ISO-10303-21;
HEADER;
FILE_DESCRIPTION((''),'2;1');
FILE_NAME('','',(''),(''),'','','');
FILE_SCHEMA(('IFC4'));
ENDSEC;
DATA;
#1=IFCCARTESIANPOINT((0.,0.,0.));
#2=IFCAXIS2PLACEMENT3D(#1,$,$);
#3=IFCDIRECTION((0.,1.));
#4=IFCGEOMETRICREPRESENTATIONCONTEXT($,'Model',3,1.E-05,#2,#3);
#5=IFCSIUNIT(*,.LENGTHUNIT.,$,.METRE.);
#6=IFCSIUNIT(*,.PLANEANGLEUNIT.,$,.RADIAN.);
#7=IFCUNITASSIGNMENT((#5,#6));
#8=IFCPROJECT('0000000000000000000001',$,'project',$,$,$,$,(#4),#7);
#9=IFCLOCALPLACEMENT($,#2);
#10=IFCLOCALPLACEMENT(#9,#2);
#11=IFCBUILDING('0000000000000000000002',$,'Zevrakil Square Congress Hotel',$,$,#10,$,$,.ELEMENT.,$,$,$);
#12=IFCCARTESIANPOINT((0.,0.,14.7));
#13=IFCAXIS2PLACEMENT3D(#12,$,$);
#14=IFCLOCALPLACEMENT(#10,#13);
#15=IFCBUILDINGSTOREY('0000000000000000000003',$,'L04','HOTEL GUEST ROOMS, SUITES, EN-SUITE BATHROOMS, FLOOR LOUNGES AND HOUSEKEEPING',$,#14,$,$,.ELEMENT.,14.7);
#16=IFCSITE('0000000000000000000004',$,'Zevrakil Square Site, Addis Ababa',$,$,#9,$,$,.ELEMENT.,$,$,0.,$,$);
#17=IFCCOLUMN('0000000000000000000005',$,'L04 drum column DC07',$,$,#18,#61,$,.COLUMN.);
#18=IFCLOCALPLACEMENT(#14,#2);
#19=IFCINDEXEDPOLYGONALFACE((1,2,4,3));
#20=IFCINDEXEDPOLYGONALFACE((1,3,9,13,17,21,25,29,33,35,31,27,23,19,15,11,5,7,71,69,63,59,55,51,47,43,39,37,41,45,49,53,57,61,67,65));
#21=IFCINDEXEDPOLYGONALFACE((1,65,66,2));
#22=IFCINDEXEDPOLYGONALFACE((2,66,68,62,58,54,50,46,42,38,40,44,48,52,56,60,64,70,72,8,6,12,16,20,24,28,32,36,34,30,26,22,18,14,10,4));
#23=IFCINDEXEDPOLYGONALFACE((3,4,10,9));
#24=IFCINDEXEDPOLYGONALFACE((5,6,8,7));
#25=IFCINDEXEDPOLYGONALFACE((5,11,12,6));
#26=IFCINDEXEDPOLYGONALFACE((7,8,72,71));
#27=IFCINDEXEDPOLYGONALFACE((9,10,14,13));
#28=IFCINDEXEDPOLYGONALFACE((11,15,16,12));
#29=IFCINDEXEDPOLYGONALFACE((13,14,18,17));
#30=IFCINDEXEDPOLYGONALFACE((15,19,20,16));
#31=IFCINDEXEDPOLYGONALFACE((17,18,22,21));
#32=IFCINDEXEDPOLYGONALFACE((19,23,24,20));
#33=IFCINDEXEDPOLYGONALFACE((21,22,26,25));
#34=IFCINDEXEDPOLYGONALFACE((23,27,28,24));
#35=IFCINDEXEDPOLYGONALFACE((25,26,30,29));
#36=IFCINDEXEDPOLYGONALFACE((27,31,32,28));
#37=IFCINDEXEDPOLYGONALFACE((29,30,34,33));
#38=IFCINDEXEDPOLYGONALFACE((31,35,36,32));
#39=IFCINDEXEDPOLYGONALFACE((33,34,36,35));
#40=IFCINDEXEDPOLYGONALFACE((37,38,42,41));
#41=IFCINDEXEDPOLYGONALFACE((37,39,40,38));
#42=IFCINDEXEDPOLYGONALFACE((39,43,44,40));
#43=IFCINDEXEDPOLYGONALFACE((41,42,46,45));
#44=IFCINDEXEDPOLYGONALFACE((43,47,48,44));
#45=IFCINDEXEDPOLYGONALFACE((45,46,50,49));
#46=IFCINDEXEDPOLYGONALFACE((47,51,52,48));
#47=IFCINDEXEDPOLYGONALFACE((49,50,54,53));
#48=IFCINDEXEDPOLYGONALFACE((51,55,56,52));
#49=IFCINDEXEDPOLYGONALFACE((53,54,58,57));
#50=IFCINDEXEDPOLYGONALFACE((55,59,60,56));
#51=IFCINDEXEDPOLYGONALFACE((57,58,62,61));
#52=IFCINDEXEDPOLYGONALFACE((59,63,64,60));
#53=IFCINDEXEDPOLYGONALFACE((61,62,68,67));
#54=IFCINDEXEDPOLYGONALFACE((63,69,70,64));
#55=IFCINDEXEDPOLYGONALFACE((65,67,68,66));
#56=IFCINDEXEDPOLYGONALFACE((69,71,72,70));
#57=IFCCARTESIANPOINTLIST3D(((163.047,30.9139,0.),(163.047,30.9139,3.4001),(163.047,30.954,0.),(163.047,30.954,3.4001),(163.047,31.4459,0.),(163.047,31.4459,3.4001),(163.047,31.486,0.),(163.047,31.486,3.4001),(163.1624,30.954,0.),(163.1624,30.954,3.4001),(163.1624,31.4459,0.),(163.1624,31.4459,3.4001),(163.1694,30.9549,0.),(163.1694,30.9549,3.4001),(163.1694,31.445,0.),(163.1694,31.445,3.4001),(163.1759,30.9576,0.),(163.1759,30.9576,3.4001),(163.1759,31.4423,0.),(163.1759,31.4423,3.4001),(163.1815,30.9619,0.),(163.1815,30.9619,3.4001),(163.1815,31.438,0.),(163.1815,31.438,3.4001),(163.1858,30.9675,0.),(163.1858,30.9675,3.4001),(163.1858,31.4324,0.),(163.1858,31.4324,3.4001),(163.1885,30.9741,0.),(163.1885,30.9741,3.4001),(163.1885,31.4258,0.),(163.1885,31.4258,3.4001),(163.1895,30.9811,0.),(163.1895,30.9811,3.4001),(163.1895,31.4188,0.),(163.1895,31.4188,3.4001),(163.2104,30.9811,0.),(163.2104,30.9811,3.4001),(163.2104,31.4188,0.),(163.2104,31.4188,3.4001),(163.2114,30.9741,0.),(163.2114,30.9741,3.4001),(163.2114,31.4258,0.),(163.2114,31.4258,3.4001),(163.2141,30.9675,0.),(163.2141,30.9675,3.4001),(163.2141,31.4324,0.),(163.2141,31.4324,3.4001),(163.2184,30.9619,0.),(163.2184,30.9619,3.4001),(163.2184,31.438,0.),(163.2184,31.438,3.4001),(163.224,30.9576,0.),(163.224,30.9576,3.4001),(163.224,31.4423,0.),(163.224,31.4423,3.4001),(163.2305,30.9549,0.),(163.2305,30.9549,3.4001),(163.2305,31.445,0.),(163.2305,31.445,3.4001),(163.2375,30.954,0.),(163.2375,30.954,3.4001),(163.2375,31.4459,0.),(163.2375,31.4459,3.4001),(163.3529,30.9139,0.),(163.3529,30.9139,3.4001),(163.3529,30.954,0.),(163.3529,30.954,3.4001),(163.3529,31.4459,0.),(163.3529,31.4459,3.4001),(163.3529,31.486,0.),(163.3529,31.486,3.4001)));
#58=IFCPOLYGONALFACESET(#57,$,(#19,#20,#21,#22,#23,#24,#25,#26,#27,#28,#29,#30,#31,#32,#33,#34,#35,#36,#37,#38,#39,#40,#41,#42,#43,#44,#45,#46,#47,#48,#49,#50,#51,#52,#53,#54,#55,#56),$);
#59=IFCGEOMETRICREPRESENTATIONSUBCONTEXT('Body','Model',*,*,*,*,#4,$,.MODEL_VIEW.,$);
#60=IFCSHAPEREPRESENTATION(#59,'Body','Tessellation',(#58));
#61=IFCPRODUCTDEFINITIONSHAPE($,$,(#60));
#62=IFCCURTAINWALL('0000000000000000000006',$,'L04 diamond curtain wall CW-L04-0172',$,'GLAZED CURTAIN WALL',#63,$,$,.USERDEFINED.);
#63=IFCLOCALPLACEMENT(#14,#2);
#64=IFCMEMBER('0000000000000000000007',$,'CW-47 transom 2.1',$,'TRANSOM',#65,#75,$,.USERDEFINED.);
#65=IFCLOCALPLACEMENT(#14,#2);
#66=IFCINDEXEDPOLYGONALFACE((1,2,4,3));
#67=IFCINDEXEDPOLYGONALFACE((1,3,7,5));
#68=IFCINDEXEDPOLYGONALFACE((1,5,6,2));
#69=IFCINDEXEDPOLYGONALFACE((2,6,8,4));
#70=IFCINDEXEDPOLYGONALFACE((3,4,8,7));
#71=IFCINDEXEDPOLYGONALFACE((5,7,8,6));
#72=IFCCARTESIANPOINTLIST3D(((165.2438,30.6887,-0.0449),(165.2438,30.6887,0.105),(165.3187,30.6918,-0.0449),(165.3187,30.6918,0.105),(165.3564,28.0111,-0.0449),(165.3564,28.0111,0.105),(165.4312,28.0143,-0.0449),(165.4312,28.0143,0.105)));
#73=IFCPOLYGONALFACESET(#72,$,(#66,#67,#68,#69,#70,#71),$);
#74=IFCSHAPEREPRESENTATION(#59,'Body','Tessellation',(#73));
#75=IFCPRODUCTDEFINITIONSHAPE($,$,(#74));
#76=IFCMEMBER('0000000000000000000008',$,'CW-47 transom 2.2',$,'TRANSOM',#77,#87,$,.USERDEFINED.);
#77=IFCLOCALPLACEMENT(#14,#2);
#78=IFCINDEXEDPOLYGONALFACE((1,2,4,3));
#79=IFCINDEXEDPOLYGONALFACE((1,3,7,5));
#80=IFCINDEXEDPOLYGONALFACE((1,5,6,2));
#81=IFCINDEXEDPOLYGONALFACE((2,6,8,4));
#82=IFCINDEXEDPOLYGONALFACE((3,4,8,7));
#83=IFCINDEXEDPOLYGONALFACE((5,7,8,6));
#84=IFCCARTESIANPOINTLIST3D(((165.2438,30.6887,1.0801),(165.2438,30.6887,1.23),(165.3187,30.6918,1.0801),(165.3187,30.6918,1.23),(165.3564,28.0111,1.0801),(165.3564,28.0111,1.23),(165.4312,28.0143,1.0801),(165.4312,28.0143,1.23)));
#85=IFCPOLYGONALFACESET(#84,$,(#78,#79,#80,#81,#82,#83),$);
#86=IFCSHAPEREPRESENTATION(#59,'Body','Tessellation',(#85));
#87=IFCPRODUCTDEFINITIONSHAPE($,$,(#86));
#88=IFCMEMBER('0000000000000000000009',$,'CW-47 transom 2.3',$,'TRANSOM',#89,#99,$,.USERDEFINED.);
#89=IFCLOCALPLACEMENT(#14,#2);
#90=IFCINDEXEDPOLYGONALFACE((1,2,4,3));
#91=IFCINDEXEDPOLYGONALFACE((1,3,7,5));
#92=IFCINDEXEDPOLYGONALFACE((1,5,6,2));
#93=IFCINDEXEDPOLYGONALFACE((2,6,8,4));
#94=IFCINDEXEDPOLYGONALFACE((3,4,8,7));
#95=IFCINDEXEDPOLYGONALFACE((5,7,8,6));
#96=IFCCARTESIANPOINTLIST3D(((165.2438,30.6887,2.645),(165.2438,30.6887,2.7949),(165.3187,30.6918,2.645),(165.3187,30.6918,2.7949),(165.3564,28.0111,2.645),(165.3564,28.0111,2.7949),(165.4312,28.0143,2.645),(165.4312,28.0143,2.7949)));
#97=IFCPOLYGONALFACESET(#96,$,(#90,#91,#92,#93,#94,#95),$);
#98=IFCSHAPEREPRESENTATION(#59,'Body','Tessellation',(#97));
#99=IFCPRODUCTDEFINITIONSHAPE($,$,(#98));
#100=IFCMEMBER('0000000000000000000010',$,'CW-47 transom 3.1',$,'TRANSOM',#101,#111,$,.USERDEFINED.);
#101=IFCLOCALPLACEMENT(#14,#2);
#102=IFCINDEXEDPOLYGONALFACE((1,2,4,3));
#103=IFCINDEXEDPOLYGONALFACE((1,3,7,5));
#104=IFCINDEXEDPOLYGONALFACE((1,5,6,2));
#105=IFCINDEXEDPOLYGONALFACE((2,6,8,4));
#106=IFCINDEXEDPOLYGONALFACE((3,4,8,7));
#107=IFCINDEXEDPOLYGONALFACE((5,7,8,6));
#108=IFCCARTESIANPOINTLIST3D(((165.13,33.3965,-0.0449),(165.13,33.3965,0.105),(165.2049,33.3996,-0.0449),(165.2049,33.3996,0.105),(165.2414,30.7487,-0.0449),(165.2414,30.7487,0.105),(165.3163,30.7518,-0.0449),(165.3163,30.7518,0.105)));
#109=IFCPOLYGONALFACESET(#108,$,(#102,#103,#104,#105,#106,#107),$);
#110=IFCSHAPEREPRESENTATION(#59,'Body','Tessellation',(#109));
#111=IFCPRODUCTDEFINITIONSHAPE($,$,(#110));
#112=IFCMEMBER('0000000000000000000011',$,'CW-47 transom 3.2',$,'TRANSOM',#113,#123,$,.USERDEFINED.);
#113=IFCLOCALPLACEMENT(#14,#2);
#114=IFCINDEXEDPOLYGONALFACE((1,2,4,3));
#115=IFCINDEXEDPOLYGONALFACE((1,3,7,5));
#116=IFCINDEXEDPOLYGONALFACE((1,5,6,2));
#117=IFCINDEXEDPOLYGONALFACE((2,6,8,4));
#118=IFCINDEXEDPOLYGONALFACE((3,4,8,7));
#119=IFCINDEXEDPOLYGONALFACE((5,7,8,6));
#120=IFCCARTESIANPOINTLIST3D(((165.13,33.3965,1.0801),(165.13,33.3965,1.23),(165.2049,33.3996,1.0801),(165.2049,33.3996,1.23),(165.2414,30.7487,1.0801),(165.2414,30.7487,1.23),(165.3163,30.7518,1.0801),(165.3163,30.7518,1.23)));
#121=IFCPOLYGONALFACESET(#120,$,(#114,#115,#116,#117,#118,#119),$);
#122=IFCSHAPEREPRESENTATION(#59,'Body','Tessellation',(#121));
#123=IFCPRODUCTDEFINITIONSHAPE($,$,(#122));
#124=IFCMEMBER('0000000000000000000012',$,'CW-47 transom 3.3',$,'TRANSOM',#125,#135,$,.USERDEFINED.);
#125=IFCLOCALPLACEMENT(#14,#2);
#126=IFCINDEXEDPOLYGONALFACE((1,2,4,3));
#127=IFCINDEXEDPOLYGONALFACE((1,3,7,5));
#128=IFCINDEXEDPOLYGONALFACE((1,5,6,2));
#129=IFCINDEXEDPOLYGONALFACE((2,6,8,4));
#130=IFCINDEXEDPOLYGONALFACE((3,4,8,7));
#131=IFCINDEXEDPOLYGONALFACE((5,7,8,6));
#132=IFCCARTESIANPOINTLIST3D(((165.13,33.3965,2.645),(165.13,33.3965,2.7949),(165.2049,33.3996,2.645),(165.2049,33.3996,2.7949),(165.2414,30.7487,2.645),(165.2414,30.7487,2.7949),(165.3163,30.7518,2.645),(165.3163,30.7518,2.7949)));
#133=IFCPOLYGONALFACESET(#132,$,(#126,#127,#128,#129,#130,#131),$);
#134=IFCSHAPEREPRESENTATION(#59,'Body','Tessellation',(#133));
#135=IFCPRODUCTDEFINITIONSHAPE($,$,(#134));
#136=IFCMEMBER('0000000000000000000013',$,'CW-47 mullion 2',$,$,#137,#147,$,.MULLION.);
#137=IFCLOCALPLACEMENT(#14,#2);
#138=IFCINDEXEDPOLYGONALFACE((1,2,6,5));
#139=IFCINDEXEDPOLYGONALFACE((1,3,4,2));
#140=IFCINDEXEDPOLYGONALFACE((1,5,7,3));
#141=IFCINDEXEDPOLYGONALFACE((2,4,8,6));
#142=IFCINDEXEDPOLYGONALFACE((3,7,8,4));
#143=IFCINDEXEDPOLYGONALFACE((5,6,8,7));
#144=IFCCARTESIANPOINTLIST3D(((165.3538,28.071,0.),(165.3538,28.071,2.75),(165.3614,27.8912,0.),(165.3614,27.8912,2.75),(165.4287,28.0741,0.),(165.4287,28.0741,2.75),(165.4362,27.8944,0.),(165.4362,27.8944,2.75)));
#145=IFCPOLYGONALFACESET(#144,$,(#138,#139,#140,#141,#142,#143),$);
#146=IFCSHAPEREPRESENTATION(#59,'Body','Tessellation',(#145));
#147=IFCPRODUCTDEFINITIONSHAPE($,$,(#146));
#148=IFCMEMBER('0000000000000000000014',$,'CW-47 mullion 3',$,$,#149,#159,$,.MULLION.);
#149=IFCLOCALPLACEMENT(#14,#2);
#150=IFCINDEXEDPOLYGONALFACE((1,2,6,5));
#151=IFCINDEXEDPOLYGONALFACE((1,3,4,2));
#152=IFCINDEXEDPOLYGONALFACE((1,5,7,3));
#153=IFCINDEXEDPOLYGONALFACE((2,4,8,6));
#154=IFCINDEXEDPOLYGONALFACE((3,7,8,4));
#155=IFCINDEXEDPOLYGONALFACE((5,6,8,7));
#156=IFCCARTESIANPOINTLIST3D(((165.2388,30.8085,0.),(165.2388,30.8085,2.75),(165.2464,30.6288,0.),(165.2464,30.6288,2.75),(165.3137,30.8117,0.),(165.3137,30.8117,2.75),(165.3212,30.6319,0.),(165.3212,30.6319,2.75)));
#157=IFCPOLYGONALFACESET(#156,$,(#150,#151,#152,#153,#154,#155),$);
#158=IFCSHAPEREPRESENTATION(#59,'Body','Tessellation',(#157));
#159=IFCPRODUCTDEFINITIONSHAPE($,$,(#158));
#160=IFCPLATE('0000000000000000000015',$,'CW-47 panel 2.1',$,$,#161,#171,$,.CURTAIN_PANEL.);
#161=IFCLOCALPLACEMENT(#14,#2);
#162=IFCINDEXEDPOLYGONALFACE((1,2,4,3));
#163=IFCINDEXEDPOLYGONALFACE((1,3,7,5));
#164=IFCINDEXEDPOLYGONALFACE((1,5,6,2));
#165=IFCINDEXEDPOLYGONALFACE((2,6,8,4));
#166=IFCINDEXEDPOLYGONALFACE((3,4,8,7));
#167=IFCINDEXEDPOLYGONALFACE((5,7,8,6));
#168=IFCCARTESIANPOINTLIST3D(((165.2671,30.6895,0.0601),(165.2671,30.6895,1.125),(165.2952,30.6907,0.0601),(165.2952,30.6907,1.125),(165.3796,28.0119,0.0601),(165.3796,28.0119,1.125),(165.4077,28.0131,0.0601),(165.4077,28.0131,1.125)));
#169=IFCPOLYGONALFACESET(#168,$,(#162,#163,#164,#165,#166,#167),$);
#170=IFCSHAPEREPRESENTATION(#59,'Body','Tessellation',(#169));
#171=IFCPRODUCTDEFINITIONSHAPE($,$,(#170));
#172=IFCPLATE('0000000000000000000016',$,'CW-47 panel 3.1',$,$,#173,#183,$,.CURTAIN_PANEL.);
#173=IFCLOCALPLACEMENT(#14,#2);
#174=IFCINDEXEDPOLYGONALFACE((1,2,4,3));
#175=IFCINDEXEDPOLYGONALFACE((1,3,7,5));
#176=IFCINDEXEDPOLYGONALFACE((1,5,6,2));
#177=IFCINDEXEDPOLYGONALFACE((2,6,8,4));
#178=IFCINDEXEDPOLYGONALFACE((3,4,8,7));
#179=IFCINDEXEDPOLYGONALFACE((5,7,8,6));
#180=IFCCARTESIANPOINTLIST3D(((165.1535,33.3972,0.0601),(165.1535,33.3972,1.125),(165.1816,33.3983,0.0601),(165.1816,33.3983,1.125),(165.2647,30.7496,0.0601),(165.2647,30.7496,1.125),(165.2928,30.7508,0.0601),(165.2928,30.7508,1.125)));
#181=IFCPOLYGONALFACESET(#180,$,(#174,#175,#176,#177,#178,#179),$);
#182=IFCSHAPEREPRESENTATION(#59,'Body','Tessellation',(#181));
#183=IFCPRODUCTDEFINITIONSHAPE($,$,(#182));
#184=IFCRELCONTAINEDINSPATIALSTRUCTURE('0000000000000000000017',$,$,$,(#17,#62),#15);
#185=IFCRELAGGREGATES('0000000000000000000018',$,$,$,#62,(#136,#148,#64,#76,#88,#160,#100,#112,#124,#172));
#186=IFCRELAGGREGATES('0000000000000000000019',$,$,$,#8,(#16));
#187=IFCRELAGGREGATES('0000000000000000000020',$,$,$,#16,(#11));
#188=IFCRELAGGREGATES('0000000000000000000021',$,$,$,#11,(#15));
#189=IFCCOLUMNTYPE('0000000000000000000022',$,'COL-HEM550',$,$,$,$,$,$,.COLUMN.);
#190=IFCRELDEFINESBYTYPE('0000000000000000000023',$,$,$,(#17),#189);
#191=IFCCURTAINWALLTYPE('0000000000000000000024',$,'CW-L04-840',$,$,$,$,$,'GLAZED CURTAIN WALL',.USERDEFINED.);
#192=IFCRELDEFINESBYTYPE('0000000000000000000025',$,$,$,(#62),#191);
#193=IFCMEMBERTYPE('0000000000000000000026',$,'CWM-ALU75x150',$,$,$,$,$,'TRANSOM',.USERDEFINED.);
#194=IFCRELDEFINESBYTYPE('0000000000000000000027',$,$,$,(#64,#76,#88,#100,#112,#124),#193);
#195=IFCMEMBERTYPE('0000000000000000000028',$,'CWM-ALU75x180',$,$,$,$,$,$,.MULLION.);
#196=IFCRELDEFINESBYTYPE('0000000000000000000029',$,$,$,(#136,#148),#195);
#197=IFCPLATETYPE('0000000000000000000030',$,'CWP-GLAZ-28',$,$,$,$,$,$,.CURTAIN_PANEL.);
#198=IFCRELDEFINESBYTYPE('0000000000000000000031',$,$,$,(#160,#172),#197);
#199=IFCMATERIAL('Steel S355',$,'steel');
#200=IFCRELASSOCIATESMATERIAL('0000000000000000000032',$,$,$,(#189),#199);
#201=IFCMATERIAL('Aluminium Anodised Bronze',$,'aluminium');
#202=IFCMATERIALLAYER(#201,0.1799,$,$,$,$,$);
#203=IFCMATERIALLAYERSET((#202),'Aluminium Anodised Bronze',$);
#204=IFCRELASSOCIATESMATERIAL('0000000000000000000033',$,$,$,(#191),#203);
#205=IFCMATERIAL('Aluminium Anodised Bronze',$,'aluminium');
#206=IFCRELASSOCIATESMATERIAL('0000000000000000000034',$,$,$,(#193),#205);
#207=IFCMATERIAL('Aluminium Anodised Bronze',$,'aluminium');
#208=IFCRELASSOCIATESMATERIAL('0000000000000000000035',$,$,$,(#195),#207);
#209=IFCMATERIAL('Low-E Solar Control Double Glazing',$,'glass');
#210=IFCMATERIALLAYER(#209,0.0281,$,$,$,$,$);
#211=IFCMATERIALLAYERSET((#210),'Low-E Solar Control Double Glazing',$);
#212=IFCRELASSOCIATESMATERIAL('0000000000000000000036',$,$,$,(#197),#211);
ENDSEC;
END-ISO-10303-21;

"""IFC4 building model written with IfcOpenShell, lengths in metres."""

from ifc_helpers import new_model, si_unit, direction, frame, origin, origin_2d, place, context, subcontext, project, spatial, rectangle, i_section, extrude, material, layer, layer_set, material_profile, profile_set, type_object, element, aggregate, save


model = new_model("IFC4")

# Units and contexts
model_context = context("Model", 3, precision=1e-05, world=origin(), true_north=direction((0.0, 1.0)))
body_context = subcontext(model_context, "Body", "Model", "MODEL_VIEW")
ifc_project = project(units=[si_unit("LENGTHUNIT", "METRE"), si_unit("PLANEANGLEUNIT", "RADIAN")], contexts=[model_context])

# Site, building, storey
site_placement = place(None, origin())
site = spatial("IfcSite", under=ifc_project, at=site_placement, Name="Zevrakil Square Site, Addis Ababa", CompositionType="ELEMENT", RefElevation=0.0)
building_placement = place(site_placement, origin())
building = spatial("IfcBuilding", under=site, at=building_placement, Name="Zevrakil Square Congress Hotel", CompositionType="ELEMENT")
storey_placement = place(building_placement, frame((0.0, 0.0, 14.7)))
storey = spatial("IfcBuildingStorey", under=building, at=storey_placement, Name="L04", Description="HOTEL GUEST ROOMS, SUITES, EN-SUITE BATHROOMS, FLOOR LOUNGES AND HOUSEKEEPING", CompositionType="ELEMENT", Elevation=14.7)

# Column
ifc_material_1 = material(Name="Steel S355", Category="steel")
ifc_material_profile_1 = material_profile(ifc_material_1, i_section(OverallWidth=0.3059, OverallDepth=0.572, WebThickness=0.021, FlangeThickness=0.04, FilletRadius=0.0271, at=origin_2d()), Name="HEM 550")
ifc_profile_set_1 = profile_set([ifc_material_profile_1], Name="Steel S355")
column_type = type_object("IfcColumnType", Name="COL-HEM550", PredefinedType="COLUMN", material=ifc_profile_set_1)
column_placement = place(storey_placement, frame((163.2, 31.2, 0.0), z_axis=(0.0, 0.0, 1.0), x_axis=(1.0, 0.0, 0.0)))
element("IfcColumn", 1, at=column_placement, inside=storey, type_object=column_type, Name="L04 drum column DC07", PredefinedType="COLUMN", context=body_context, shape_type="SweptSolid", body=[
    extrude(i_section(OverallWidth=0.3059, OverallDepth=0.572, WebThickness=0.021, FlangeThickness=0.04, FilletRadius=0.0271, at=origin_2d()), origin(), (0.0, 0.0, 1.0), 3.4001),
])

# Curtain wall, members, plates
ifc_material_2 = material(Name="Aluminium Anodised Bronze", Category="aluminium")
ifc_layer_1 = layer(ifc_material_2, 0.1799)
ifc_layer_set_1 = layer_set([ifc_layer_1], Name="Aluminium Anodised Bronze")
curtain_wall_type = type_object("IfcCurtainWallType", Name="CW-L04-840", ElementType="GLAZED CURTAIN WALL", PredefinedType="USERDEFINED", material=ifc_layer_set_1)
curtain_wall_placement = place(storey_placement, origin())
curtain_wall = element("IfcCurtainWall", 2, at=curtain_wall_placement, inside=storey, type_object=curtain_wall_type, Name="L04 diamond curtain wall CW-L04-0172", ObjectType="GLAZED CURTAIN WALL", PredefinedType="USERDEFINED")
ifc_material_3 = material(Name="Aluminium Anodised Bronze", Category="aluminium")
ifc_material_profile_2 = material_profile(ifc_material_3, rectangle(XDim=0.075, YDim=0.1499, at=origin_2d()), Name="ALU 75x150")
ifc_profile_set_2 = profile_set([ifc_material_profile_2], Name="Aluminium Anodised Bronze")
member_type_1 = type_object("IfcMemberType", Name="CWM-ALU75x150", ElementType="TRANSOM", PredefinedType="USERDEFINED", material=ifc_profile_set_2)
member_1_placement = place(storey_placement, frame((165.3938, 28.0127, 0.03), z_axis=(-0.041998, 0.999118, 0.0), x_axis=(-0.999118, -0.041998, 0.0)))
member_1 = element("IfcMember", 3, at=member_1_placement, type_object=member_type_1, Name="CW-47 transom 2.1", ObjectType="TRANSOM", PredefinedType="USERDEFINED", context=body_context, shape_type="SweptSolid", body=[
    extrude(rectangle(XDim=0.075, YDim=0.1499, at=origin_2d()), origin(), (0.0, 0.0, 1.0), 2.6799),
])
member_2_placement = place(storey_placement, frame((165.3938, 28.0127, 1.155), z_axis=(-0.041998, 0.999118, 0.0), x_axis=(-0.999118, -0.041998, 0.0)))
member_2 = element("IfcMember", 4, at=member_2_placement, type_object=member_type_1, Name="CW-47 transom 2.2", ObjectType="TRANSOM", PredefinedType="USERDEFINED", context=body_context, shape_type="SweptSolid", body=[
    extrude(rectangle(XDim=0.075, YDim=0.1499, at=origin_2d()), origin(), (0.0, 0.0, 1.0), 2.6799),
])
member_3_placement = place(storey_placement, frame((165.3938, 28.0127, 2.72), z_axis=(-0.041998, 0.999118, 0.0), x_axis=(-0.999118, -0.041998, 0.0)))
member_3 = element("IfcMember", 5, at=member_3_placement, type_object=member_type_1, Name="CW-47 transom 2.3", ObjectType="TRANSOM", PredefinedType="USERDEFINED", context=body_context, shape_type="SweptSolid", body=[
    extrude(rectangle(XDim=0.075, YDim=0.1499, at=origin_2d()), origin(), (0.0, 0.0, 1.0), 2.6799),
])
member_4_placement = place(storey_placement, frame((165.2788, 30.7502, 0.03), z_axis=(-0.04201, 0.999117, 0.0), x_axis=(-0.999117, -0.04201, 0.0)))
member_4 = element("IfcMember", 6, at=member_4_placement, type_object=member_type_1, Name="CW-47 transom 3.1", ObjectType="TRANSOM", PredefinedType="USERDEFINED", context=body_context, shape_type="SweptSolid", body=[
    extrude(rectangle(XDim=0.075, YDim=0.1499, at=origin_2d()), origin(), (0.0, 0.0, 1.0), 2.6501),
])
member_5_placement = place(storey_placement, frame((165.2788, 30.7502, 1.155), z_axis=(-0.04201, 0.999117, 0.0), x_axis=(-0.999117, -0.04201, 0.0)))
member_5 = element("IfcMember", 7, at=member_5_placement, type_object=member_type_1, Name="CW-47 transom 3.2", ObjectType="TRANSOM", PredefinedType="USERDEFINED", context=body_context, shape_type="SweptSolid", body=[
    extrude(rectangle(XDim=0.075, YDim=0.1499, at=origin_2d()), origin(), (0.0, 0.0, 1.0), 2.6501),
])
member_6_placement = place(storey_placement, frame((165.2788, 30.7502, 2.72), z_axis=(-0.04201, 0.999117, 0.0), x_axis=(-0.999117, -0.04201, 0.0)))
member_6 = element("IfcMember", 8, at=member_6_placement, type_object=member_type_1, Name="CW-47 transom 3.3", ObjectType="TRANSOM", PredefinedType="USERDEFINED", context=body_context, shape_type="SweptSolid", body=[
    extrude(rectangle(XDim=0.075, YDim=0.1499, at=origin_2d()), origin(), (0.0, 0.0, 1.0), 2.6501),
])
ifc_material_4 = material(Name="Aluminium Anodised Bronze", Category="aluminium")
ifc_material_profile_3 = material_profile(ifc_material_4, rectangle(XDim=0.075, YDim=0.1799, at=origin_2d()), Name="ALU 75x180")
ifc_profile_set_3 = profile_set([ifc_material_profile_3], Name="Aluminium Anodised Bronze")
member_type_2 = type_object("IfcMemberType", Name="CWM-ALU75x180", PredefinedType="MULLION", material=ifc_profile_set_3)
member_7_placement = place(storey_placement, frame((165.395, 27.9827, 0.0), z_axis=(0.0, 0.0, 1.0), x_axis=(-0.999119, -0.041971, 0.0)))
member_7 = element("IfcMember", 9, at=member_7_placement, type_object=member_type_2, Name="CW-47 mullion 2", PredefinedType="MULLION", context=body_context, shape_type="SweptSolid", body=[
    extrude(rectangle(XDim=0.075, YDim=0.1799, at=origin_2d()), origin(), (0.0, 0.0, 1.0), 2.75),
])
member_8_placement = place(storey_placement, frame((165.28, 30.7202, 0.0), z_axis=(0.0, 0.0, 1.0), x_axis=(-0.999119, -0.041971, 0.0)))
member_8 = element("IfcMember", 10, at=member_8_placement, type_object=member_type_2, Name="CW-47 mullion 3", PredefinedType="MULLION", context=body_context, shape_type="SweptSolid", body=[
    extrude(rectangle(XDim=0.075, YDim=0.1799, at=origin_2d()), origin(), (0.0, 0.0, 1.0), 2.75),
])
ifc_material_5 = material(Name="Low-E Solar Control Double Glazing", Category="glass")
ifc_layer_2 = layer(ifc_material_5, 0.0281)
ifc_layer_set_2 = layer_set([ifc_layer_2], Name="Low-E Solar Control Double Glazing")
plate_type_1 = type_object("IfcPlateType", Name="CWP-GLAZ-28", PredefinedType="CURTAIN_PANEL", material=ifc_layer_set_2)
plate_1_placement = place(storey_placement, frame((165.3374, 29.3513, 0.0601), z_axis=(0.0, 0.0, 1.0), x_axis=(-0.041971, 0.999119, 0.0)))
plate_1 = element("IfcPlate", 11, at=plate_1_placement, type_object=plate_type_1, Name="CW-47 panel 2.1", PredefinedType="CURTAIN_PANEL", context=body_context, shape_type="SweptSolid", body=[
    extrude(rectangle(XDim=2.6799, YDim=0.0281, at=origin_2d()), origin(), (0.0, 0.0, 1.0), 1.0649),
])
plate_2_placement = place(storey_placement, frame((165.2231, 32.074, 0.0601), z_axis=(0.0, 0.0, 1.0), x_axis=(-0.041971, 0.999119, 0.0)))
plate_2 = element("IfcPlate", 12, at=plate_2_placement, type_object=plate_type_1, Name="CW-47 panel 3.1", PredefinedType="CURTAIN_PANEL", context=body_context, shape_type="SweptSolid", body=[
    extrude(rectangle(XDim=2.6499, YDim=0.0281, at=origin_2d()), origin(), (0.0, 0.0, 1.0), 1.0649),
])
aggregate(curtain_wall, [member_7, member_8, member_1, member_2, member_3, plate_1, member_4, member_5, member_6, plate_2])

save(model, "model.ifc")
